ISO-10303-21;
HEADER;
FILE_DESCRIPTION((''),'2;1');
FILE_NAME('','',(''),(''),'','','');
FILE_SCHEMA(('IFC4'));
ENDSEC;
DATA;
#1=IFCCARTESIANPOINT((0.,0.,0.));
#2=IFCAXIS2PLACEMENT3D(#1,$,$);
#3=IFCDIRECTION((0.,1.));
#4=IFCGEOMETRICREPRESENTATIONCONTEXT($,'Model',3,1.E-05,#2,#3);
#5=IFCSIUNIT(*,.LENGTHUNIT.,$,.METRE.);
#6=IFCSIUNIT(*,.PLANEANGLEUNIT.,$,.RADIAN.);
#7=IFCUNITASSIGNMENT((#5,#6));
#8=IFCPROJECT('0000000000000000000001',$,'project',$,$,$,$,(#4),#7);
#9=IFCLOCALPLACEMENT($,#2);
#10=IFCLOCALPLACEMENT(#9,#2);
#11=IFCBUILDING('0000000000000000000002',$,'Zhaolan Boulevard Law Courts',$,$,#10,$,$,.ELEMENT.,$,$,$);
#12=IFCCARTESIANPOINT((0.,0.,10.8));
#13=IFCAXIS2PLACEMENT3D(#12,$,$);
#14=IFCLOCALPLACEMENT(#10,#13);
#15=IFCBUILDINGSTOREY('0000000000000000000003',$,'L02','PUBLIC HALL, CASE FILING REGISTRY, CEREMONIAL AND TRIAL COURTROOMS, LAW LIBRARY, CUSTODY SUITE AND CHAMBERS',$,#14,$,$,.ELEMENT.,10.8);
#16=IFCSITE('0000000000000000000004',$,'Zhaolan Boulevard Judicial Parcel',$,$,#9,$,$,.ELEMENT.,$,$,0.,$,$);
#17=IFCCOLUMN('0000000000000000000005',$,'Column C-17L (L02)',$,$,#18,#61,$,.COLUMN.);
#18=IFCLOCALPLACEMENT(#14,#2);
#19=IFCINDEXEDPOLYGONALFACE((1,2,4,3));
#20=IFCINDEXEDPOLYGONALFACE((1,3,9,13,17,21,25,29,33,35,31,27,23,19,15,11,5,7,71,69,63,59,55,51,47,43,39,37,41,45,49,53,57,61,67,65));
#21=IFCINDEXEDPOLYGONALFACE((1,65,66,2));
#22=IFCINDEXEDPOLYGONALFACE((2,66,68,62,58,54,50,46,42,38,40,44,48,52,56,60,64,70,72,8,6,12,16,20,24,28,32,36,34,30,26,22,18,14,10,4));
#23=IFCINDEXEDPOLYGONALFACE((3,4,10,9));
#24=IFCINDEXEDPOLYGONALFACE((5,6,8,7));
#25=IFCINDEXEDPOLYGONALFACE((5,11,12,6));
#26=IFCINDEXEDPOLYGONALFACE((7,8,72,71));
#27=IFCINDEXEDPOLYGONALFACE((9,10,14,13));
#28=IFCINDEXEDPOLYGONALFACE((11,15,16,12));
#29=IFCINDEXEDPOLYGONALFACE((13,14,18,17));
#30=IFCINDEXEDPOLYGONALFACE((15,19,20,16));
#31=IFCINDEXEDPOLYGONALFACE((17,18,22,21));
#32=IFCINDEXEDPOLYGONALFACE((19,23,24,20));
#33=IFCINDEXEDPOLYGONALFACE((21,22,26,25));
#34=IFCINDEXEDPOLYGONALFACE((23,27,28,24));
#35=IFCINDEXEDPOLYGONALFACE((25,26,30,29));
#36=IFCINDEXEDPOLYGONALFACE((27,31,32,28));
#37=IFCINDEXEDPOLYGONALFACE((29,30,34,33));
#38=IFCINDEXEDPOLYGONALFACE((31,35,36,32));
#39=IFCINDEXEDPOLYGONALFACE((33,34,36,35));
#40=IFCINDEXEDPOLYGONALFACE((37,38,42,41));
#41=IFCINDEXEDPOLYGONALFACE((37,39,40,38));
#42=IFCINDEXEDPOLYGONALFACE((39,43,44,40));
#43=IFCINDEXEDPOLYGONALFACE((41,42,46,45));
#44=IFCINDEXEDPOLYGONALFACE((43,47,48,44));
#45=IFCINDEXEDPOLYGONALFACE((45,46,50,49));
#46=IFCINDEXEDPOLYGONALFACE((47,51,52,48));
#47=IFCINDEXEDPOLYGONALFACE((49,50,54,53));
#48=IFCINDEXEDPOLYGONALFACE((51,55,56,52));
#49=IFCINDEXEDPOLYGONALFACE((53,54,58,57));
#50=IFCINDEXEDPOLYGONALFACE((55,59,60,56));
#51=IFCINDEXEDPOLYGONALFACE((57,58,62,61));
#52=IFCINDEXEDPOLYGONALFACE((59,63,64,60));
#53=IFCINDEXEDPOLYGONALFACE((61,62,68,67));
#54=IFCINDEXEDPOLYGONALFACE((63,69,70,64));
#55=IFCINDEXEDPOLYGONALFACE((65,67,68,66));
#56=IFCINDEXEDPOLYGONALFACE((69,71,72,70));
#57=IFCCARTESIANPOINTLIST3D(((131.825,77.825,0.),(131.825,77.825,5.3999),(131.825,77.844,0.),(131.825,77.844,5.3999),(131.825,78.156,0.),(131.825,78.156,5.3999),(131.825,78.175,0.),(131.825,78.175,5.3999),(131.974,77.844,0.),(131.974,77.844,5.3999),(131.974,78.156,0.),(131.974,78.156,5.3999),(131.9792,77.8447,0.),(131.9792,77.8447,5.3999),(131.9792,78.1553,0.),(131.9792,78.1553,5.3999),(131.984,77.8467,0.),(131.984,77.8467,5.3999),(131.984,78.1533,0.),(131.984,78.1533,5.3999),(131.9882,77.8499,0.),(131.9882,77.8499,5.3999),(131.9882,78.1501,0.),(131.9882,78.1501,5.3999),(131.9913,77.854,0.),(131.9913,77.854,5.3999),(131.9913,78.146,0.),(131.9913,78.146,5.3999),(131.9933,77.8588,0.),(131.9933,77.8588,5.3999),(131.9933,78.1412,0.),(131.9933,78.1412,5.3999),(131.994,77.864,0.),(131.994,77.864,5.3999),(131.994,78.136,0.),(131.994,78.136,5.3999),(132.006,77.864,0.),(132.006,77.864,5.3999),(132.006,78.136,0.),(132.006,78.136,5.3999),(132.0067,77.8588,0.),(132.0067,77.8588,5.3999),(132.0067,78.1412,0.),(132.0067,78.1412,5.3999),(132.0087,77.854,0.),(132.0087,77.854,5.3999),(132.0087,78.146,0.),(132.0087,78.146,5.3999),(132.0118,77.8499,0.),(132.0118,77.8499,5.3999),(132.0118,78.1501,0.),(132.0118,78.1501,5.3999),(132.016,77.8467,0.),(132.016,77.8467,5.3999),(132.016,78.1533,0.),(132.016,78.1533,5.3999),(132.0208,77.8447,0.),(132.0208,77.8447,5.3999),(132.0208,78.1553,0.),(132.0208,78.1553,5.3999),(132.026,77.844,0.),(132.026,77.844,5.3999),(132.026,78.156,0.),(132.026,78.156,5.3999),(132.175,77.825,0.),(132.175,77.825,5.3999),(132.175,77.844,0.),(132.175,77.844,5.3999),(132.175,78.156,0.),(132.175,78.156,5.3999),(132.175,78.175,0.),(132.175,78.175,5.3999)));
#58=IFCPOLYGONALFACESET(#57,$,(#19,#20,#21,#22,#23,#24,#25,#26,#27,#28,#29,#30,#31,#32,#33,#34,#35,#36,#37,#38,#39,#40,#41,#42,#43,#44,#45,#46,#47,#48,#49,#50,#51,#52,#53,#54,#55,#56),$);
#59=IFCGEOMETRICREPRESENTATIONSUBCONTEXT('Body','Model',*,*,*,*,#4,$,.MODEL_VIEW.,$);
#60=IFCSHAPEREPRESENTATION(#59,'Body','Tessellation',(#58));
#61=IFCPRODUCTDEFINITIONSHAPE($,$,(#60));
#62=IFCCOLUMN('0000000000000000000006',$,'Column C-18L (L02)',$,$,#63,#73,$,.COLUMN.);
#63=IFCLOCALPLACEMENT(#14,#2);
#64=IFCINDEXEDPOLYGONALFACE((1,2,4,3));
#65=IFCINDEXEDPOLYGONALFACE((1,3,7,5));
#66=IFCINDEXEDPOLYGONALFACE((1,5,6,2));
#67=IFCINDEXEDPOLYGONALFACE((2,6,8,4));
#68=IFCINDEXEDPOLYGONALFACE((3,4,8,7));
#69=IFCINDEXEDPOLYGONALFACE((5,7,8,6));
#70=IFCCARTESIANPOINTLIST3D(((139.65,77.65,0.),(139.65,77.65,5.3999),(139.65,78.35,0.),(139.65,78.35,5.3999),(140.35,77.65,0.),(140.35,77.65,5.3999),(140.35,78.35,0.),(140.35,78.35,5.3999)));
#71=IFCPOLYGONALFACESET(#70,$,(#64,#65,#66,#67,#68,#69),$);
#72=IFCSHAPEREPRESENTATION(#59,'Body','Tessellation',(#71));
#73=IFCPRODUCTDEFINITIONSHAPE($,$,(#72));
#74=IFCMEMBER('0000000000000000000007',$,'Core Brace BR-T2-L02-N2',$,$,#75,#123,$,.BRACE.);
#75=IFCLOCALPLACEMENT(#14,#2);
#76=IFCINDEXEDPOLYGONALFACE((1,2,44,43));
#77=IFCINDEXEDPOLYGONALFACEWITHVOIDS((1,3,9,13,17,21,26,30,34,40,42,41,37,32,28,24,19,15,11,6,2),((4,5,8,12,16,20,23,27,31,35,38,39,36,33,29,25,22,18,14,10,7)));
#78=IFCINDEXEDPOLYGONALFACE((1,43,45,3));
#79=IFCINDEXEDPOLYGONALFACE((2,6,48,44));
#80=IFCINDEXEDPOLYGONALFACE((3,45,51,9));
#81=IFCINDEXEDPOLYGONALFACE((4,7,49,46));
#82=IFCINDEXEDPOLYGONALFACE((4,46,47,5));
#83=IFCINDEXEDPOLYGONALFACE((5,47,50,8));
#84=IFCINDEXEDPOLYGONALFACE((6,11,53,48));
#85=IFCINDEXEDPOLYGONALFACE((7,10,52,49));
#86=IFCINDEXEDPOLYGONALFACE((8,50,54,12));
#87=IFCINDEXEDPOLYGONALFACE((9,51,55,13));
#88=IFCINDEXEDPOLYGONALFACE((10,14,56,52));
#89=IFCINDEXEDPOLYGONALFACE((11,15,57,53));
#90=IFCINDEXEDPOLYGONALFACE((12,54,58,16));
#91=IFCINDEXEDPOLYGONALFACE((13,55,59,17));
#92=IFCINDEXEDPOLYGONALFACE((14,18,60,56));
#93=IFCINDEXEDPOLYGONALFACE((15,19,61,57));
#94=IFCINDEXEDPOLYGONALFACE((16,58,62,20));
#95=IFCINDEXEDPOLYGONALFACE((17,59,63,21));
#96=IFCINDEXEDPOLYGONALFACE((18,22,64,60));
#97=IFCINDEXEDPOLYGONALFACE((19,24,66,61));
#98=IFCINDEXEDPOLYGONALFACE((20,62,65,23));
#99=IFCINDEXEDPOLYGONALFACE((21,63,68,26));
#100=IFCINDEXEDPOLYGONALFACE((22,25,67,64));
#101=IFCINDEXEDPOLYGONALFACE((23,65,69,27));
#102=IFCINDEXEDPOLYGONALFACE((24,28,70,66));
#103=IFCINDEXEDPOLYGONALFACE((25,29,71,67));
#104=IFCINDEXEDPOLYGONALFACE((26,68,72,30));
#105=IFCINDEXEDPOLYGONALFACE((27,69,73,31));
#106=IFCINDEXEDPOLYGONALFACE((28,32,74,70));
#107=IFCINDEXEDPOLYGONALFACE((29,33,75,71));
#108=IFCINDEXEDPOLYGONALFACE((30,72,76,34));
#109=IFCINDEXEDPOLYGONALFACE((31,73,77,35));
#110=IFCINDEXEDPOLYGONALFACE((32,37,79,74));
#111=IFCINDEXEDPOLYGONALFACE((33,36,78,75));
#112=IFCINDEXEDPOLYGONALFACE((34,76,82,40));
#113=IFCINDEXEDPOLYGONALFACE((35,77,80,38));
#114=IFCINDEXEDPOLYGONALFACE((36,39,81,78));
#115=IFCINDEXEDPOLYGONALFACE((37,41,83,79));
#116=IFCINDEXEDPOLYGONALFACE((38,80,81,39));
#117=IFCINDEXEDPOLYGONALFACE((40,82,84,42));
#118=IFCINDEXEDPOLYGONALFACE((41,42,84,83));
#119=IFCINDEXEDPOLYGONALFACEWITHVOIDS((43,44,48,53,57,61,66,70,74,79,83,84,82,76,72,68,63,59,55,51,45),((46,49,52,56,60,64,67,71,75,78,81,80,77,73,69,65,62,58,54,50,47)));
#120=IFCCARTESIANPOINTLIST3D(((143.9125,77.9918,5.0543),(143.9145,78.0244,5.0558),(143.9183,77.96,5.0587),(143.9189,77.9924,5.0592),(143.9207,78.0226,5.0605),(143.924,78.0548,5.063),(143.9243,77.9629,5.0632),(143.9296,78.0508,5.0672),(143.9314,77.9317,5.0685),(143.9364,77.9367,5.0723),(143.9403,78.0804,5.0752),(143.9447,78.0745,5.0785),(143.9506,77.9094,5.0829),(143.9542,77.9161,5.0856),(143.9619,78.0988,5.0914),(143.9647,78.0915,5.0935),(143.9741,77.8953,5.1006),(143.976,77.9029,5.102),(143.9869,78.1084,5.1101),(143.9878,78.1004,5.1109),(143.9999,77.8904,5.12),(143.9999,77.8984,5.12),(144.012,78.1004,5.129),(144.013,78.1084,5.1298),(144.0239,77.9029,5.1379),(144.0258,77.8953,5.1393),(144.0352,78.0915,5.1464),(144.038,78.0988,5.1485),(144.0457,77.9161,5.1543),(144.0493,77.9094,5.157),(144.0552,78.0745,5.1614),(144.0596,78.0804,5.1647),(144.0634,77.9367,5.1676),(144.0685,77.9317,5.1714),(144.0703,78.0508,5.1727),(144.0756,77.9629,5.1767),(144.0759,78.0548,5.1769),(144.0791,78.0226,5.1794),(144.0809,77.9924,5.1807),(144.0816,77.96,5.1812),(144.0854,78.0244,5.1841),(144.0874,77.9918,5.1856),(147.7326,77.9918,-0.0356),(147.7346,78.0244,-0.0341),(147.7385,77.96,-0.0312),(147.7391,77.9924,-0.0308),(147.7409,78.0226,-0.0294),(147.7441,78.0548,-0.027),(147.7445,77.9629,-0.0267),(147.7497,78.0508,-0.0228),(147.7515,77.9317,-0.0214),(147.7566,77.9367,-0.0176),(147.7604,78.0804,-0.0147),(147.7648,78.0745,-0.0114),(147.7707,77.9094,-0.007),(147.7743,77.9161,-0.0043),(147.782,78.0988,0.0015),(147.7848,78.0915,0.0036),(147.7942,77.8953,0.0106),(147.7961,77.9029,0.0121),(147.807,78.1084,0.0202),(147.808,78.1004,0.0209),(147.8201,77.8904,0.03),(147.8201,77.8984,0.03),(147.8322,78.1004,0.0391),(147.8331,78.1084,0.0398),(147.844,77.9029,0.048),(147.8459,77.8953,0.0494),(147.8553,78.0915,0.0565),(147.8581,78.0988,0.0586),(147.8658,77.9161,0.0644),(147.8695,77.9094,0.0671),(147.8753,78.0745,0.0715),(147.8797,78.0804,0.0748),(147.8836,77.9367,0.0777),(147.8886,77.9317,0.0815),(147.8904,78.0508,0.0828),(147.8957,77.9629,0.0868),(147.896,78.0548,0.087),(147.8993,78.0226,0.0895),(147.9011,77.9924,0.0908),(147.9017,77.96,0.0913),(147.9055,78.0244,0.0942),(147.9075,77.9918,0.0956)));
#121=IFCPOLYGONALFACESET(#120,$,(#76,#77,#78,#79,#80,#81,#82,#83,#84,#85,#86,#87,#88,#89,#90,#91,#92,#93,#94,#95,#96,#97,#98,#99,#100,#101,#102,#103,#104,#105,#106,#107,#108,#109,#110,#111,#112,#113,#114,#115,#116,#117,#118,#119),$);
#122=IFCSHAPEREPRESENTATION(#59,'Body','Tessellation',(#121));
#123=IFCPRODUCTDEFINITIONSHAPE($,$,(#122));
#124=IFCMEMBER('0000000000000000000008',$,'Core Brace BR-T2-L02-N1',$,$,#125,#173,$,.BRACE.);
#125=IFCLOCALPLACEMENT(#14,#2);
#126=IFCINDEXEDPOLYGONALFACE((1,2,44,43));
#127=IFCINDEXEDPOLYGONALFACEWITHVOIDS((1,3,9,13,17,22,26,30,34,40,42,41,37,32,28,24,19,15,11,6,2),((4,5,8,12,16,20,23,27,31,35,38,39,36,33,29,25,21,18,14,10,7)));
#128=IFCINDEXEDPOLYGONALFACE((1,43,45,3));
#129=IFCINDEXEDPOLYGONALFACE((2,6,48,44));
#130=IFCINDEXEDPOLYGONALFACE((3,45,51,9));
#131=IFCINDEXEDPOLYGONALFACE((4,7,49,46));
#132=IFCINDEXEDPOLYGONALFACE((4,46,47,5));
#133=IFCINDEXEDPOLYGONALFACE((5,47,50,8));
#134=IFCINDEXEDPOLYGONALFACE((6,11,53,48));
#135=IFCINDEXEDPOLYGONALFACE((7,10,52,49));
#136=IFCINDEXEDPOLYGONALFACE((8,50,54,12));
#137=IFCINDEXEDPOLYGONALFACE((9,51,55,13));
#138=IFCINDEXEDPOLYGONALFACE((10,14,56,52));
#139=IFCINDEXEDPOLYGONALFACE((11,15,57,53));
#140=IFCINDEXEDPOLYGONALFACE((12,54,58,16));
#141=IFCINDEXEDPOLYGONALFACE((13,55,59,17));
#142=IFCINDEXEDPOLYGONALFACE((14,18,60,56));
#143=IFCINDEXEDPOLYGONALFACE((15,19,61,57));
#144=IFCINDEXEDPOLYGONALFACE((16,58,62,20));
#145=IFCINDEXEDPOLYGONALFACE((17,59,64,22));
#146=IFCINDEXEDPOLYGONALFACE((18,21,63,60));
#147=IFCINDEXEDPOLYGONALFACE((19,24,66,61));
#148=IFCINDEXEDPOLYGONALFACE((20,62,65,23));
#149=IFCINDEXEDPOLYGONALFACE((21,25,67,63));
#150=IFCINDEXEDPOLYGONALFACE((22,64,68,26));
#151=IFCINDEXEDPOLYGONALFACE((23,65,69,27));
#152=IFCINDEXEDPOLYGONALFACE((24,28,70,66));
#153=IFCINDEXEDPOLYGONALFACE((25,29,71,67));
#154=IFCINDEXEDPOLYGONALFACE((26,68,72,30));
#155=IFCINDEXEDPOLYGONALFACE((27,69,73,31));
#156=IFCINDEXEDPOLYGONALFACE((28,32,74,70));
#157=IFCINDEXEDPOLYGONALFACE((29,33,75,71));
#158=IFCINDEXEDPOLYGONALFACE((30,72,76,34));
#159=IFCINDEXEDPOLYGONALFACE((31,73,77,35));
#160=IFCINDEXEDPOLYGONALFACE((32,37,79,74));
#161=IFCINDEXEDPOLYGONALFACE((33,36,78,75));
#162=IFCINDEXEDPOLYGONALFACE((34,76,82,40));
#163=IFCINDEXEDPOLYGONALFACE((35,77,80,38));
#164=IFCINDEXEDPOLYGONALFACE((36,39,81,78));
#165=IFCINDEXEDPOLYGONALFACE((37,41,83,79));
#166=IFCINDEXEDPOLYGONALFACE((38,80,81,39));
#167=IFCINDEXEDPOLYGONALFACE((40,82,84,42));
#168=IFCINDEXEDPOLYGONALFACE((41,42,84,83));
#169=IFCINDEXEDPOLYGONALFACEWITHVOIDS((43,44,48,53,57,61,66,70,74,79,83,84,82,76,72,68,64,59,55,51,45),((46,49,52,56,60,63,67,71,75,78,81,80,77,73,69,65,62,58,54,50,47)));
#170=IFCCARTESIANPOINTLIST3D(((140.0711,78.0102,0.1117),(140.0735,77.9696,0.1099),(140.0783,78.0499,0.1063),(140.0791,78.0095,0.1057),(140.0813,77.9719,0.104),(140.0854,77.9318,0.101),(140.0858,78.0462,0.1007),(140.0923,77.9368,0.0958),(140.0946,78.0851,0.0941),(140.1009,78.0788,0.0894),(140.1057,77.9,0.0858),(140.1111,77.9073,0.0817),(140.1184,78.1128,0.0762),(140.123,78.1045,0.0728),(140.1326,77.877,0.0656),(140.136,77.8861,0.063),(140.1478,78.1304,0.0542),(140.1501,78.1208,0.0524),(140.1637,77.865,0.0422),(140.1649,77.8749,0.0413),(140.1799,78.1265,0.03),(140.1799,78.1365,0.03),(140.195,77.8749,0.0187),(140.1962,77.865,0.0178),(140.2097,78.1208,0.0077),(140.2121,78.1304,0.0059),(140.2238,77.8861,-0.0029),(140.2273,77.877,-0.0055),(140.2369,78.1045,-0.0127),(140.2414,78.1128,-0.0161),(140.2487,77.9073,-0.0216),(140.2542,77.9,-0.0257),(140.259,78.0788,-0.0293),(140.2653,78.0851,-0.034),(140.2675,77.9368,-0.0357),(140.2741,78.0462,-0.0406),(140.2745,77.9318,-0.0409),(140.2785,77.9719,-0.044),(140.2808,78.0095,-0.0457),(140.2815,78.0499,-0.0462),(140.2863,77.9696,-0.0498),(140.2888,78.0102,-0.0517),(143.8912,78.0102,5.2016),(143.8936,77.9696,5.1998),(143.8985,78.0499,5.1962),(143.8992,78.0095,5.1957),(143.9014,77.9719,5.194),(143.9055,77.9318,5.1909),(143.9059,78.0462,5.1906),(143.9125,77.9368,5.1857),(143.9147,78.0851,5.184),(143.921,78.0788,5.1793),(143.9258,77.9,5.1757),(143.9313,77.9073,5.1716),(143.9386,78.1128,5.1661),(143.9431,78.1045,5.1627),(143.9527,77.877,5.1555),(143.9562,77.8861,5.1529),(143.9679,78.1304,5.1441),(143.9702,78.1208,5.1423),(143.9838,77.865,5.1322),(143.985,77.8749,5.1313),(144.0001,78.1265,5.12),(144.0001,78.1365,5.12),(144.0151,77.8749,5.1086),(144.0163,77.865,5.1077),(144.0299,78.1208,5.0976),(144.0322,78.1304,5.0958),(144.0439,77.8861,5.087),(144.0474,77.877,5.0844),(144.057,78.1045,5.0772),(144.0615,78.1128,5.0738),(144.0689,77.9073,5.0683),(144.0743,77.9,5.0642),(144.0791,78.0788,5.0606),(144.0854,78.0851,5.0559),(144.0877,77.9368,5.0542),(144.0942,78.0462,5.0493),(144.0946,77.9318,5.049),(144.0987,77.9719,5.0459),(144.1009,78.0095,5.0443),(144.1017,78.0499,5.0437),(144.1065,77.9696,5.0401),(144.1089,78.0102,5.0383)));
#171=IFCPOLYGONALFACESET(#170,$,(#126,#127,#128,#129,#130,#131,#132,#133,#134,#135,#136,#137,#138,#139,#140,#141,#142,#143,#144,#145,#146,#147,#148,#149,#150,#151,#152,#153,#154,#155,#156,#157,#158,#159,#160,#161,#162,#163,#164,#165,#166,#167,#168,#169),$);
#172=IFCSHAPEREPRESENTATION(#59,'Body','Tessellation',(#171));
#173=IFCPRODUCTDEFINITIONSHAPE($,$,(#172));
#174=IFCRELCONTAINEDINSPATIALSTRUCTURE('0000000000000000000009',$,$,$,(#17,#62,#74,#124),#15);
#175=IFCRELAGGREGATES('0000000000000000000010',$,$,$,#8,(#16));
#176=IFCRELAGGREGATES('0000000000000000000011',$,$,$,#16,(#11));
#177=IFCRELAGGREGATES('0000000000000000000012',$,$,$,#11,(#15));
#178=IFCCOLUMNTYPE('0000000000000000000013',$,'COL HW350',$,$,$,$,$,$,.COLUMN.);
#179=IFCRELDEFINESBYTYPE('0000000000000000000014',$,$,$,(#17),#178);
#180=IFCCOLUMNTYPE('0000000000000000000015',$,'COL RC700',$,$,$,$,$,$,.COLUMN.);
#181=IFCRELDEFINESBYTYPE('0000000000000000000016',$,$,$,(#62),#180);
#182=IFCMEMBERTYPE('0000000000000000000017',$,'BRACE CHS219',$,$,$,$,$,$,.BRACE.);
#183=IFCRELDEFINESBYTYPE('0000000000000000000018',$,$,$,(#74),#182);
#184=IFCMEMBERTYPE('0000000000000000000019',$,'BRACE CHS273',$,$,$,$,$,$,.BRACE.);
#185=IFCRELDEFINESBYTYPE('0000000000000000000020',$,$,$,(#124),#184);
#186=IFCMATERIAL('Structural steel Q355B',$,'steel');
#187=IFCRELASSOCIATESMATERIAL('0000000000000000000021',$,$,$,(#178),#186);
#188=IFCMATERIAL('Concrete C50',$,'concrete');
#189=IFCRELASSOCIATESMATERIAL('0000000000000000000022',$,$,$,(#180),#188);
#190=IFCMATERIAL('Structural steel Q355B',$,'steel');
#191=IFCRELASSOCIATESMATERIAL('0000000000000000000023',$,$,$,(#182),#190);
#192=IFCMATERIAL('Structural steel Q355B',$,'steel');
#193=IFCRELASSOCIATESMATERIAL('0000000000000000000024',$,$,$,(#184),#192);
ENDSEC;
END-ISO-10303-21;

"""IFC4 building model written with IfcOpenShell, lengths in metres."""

from ifc_helpers import new_model, si_unit, direction, frame, origin, origin_2d, place, context, subcontext, project, spatial, rectangle, hollow_circle, i_section, extrude, material, material_profile, profile_set, type_object, element, save


model = new_model("IFC4")

# Units and contexts
model_context = context("Model", 3, precision=1e-05, world=origin(), true_north=direction((0.0, 1.0)))
body_context = subcontext(model_context, "Body", "Model", "MODEL_VIEW")
ifc_project = project(units=[si_unit("LENGTHUNIT", "METRE"), si_unit("PLANEANGLEUNIT", "RADIAN")], contexts=[model_context])

# Site, building, storey
site_placement = place(None, origin())
site = spatial("IfcSite", under=ifc_project, at=site_placement, Name="Zhaolan Boulevard Judicial Parcel", CompositionType="ELEMENT", RefElevation=0.0)
building_placement = place(site_placement, origin())
building = spatial("IfcBuilding", under=site, at=building_placement, Name="Zhaolan Boulevard Law Courts", CompositionType="ELEMENT")
storey_placement = place(building_placement, frame((0.0, 0.0, 10.8)))
storey = spatial("IfcBuildingStorey", under=building, at=storey_placement, Name="L02", Description="PUBLIC HALL, CASE FILING REGISTRY, CEREMONIAL AND TRIAL COURTROOMS, LAW LIBRARY, CUSTODY SUITE AND CHAMBERS", CompositionType="ELEMENT", Elevation=10.8)

# Columns
ifc_material_1 = material(Name="Structural steel Q355B", Category="steel")
ifc_material_profile_1 = material_profile(ifc_material_1, i_section(OverallWidth=0.3501, OverallDepth=0.3501, WebThickness=0.012, FlangeThickness=0.019, FilletRadius=0.02, at=origin_2d()), Name="HW350x350")
ifc_profile_set_1 = profile_set([ifc_material_profile_1], Name="Structural steel Q355B")
column_type_1 = type_object("IfcColumnType", Name="COL HW350", PredefinedType="COLUMN", material=ifc_profile_set_1)
column_1_placement = place(storey_placement, frame((132.0, 78.0, 0.0), z_axis=(0.0, 0.0, 1.0), x_axis=(1.0, 0.0, 0.0)))
element("IfcColumn", 1, at=column_1_placement, inside=storey, type_object=column_type_1, Name="Column C-17L (L02)", PredefinedType="COLUMN", context=body_context, shape_type="SweptSolid", body=[
    extrude(i_section(OverallWidth=0.3501, OverallDepth=0.3501, WebThickness=0.012, FlangeThickness=0.019, FilletRadius=0.02, at=origin_2d()), origin(), (0.0, 0.0, 1.0), 5.3999),
])
ifc_material_2 = material(Name="Concrete C50", Category="concrete")
ifc_material_profile_2 = material_profile(ifc_material_2, rectangle(XDim=0.7, YDim=0.7, at=origin_2d()), Name="RC700x700")
ifc_profile_set_2 = profile_set([ifc_material_profile_2], Name="Concrete C50")
column_type_2 = type_object("IfcColumnType", Name="COL RC700", PredefinedType="COLUMN", material=ifc_profile_set_2)
column_2_placement = place(storey_placement, frame((140.0, 78.0, 0.0), z_axis=(0.0, 0.0, 1.0), x_axis=(1.0, 0.0, 0.0)))
element("IfcColumn", 2, at=column_2_placement, inside=storey, type_object=column_type_2, Name="Column C-18L (L02)", PredefinedType="COLUMN", context=body_context, shape_type="SweptSolid", body=[
    extrude(rectangle(XDim=0.7, YDim=0.7, at=origin_2d()), origin(), (0.0, 0.0, 1.0), 5.3999),
])

# Members
ifc_material_3 = material(Name="Structural steel Q355B", Category="steel")
ifc_material_profile_3 = material_profile(ifc_material_3, hollow_circle(Radius=0.1096, WallThickness=0.0081, at=origin_2d()), Name="CHS219x8")
ifc_profile_set_3 = profile_set([ifc_material_profile_3], Name="Structural steel Q355B")
member_type_1 = type_object("IfcMemberType", Name="BRACE CHS219", PredefinedType="BRACE", material=ifc_profile_set_3)
member_1_placement = place(storey_placement, frame((147.8201, 78.0, 0.03), z_axis=(-0.60027, 0.0, 0.799797), x_axis=(0.0, -1.0, 0.0)))
element("IfcMember", 3, at=member_1_placement, inside=storey, type_object=member_type_1, Name="Core Brace BR-T2-L02-N2", PredefinedType="BRACE", context=body_context, shape_type="SweptSolid", body=[
    extrude(hollow_circle(Radius=0.1096, WallThickness=0.0081, at=origin_2d()), origin(), (0.0, 0.0, 1.0), 6.364),
])
ifc_material_4 = material(Name="Structural steel Q355B", Category="steel")
ifc_material_profile_4 = material_profile(ifc_material_4, hollow_circle(Radius=0.1365, WallThickness=0.01, at=origin_2d()), Name="CHS273x10")
ifc_profile_set_4 = profile_set([ifc_material_profile_4], Name="Structural steel Q355B")
member_type_2 = type_object("IfcMemberType", Name="BRACE CHS273", PredefinedType="BRACE", material=ifc_profile_set_4)
member_2_placement = place(storey_placement, frame((140.1799, 78.0, 0.03), z_axis=(0.60027, 0.0, 0.799797), x_axis=(0.0, 1.0, 0.0)))
element("IfcMember", 4, at=member_2_placement, inside=storey, type_object=member_type_2, Name="Core Brace BR-T2-L02-N1", PredefinedType="BRACE", context=body_context, shape_type="SweptSolid", body=[
    extrude(hollow_circle(Radius=0.1365, WallThickness=0.01, at=origin_2d()), origin(), (0.0, 0.0, 1.0), 6.364),
])

save(model, "model.ifc")
